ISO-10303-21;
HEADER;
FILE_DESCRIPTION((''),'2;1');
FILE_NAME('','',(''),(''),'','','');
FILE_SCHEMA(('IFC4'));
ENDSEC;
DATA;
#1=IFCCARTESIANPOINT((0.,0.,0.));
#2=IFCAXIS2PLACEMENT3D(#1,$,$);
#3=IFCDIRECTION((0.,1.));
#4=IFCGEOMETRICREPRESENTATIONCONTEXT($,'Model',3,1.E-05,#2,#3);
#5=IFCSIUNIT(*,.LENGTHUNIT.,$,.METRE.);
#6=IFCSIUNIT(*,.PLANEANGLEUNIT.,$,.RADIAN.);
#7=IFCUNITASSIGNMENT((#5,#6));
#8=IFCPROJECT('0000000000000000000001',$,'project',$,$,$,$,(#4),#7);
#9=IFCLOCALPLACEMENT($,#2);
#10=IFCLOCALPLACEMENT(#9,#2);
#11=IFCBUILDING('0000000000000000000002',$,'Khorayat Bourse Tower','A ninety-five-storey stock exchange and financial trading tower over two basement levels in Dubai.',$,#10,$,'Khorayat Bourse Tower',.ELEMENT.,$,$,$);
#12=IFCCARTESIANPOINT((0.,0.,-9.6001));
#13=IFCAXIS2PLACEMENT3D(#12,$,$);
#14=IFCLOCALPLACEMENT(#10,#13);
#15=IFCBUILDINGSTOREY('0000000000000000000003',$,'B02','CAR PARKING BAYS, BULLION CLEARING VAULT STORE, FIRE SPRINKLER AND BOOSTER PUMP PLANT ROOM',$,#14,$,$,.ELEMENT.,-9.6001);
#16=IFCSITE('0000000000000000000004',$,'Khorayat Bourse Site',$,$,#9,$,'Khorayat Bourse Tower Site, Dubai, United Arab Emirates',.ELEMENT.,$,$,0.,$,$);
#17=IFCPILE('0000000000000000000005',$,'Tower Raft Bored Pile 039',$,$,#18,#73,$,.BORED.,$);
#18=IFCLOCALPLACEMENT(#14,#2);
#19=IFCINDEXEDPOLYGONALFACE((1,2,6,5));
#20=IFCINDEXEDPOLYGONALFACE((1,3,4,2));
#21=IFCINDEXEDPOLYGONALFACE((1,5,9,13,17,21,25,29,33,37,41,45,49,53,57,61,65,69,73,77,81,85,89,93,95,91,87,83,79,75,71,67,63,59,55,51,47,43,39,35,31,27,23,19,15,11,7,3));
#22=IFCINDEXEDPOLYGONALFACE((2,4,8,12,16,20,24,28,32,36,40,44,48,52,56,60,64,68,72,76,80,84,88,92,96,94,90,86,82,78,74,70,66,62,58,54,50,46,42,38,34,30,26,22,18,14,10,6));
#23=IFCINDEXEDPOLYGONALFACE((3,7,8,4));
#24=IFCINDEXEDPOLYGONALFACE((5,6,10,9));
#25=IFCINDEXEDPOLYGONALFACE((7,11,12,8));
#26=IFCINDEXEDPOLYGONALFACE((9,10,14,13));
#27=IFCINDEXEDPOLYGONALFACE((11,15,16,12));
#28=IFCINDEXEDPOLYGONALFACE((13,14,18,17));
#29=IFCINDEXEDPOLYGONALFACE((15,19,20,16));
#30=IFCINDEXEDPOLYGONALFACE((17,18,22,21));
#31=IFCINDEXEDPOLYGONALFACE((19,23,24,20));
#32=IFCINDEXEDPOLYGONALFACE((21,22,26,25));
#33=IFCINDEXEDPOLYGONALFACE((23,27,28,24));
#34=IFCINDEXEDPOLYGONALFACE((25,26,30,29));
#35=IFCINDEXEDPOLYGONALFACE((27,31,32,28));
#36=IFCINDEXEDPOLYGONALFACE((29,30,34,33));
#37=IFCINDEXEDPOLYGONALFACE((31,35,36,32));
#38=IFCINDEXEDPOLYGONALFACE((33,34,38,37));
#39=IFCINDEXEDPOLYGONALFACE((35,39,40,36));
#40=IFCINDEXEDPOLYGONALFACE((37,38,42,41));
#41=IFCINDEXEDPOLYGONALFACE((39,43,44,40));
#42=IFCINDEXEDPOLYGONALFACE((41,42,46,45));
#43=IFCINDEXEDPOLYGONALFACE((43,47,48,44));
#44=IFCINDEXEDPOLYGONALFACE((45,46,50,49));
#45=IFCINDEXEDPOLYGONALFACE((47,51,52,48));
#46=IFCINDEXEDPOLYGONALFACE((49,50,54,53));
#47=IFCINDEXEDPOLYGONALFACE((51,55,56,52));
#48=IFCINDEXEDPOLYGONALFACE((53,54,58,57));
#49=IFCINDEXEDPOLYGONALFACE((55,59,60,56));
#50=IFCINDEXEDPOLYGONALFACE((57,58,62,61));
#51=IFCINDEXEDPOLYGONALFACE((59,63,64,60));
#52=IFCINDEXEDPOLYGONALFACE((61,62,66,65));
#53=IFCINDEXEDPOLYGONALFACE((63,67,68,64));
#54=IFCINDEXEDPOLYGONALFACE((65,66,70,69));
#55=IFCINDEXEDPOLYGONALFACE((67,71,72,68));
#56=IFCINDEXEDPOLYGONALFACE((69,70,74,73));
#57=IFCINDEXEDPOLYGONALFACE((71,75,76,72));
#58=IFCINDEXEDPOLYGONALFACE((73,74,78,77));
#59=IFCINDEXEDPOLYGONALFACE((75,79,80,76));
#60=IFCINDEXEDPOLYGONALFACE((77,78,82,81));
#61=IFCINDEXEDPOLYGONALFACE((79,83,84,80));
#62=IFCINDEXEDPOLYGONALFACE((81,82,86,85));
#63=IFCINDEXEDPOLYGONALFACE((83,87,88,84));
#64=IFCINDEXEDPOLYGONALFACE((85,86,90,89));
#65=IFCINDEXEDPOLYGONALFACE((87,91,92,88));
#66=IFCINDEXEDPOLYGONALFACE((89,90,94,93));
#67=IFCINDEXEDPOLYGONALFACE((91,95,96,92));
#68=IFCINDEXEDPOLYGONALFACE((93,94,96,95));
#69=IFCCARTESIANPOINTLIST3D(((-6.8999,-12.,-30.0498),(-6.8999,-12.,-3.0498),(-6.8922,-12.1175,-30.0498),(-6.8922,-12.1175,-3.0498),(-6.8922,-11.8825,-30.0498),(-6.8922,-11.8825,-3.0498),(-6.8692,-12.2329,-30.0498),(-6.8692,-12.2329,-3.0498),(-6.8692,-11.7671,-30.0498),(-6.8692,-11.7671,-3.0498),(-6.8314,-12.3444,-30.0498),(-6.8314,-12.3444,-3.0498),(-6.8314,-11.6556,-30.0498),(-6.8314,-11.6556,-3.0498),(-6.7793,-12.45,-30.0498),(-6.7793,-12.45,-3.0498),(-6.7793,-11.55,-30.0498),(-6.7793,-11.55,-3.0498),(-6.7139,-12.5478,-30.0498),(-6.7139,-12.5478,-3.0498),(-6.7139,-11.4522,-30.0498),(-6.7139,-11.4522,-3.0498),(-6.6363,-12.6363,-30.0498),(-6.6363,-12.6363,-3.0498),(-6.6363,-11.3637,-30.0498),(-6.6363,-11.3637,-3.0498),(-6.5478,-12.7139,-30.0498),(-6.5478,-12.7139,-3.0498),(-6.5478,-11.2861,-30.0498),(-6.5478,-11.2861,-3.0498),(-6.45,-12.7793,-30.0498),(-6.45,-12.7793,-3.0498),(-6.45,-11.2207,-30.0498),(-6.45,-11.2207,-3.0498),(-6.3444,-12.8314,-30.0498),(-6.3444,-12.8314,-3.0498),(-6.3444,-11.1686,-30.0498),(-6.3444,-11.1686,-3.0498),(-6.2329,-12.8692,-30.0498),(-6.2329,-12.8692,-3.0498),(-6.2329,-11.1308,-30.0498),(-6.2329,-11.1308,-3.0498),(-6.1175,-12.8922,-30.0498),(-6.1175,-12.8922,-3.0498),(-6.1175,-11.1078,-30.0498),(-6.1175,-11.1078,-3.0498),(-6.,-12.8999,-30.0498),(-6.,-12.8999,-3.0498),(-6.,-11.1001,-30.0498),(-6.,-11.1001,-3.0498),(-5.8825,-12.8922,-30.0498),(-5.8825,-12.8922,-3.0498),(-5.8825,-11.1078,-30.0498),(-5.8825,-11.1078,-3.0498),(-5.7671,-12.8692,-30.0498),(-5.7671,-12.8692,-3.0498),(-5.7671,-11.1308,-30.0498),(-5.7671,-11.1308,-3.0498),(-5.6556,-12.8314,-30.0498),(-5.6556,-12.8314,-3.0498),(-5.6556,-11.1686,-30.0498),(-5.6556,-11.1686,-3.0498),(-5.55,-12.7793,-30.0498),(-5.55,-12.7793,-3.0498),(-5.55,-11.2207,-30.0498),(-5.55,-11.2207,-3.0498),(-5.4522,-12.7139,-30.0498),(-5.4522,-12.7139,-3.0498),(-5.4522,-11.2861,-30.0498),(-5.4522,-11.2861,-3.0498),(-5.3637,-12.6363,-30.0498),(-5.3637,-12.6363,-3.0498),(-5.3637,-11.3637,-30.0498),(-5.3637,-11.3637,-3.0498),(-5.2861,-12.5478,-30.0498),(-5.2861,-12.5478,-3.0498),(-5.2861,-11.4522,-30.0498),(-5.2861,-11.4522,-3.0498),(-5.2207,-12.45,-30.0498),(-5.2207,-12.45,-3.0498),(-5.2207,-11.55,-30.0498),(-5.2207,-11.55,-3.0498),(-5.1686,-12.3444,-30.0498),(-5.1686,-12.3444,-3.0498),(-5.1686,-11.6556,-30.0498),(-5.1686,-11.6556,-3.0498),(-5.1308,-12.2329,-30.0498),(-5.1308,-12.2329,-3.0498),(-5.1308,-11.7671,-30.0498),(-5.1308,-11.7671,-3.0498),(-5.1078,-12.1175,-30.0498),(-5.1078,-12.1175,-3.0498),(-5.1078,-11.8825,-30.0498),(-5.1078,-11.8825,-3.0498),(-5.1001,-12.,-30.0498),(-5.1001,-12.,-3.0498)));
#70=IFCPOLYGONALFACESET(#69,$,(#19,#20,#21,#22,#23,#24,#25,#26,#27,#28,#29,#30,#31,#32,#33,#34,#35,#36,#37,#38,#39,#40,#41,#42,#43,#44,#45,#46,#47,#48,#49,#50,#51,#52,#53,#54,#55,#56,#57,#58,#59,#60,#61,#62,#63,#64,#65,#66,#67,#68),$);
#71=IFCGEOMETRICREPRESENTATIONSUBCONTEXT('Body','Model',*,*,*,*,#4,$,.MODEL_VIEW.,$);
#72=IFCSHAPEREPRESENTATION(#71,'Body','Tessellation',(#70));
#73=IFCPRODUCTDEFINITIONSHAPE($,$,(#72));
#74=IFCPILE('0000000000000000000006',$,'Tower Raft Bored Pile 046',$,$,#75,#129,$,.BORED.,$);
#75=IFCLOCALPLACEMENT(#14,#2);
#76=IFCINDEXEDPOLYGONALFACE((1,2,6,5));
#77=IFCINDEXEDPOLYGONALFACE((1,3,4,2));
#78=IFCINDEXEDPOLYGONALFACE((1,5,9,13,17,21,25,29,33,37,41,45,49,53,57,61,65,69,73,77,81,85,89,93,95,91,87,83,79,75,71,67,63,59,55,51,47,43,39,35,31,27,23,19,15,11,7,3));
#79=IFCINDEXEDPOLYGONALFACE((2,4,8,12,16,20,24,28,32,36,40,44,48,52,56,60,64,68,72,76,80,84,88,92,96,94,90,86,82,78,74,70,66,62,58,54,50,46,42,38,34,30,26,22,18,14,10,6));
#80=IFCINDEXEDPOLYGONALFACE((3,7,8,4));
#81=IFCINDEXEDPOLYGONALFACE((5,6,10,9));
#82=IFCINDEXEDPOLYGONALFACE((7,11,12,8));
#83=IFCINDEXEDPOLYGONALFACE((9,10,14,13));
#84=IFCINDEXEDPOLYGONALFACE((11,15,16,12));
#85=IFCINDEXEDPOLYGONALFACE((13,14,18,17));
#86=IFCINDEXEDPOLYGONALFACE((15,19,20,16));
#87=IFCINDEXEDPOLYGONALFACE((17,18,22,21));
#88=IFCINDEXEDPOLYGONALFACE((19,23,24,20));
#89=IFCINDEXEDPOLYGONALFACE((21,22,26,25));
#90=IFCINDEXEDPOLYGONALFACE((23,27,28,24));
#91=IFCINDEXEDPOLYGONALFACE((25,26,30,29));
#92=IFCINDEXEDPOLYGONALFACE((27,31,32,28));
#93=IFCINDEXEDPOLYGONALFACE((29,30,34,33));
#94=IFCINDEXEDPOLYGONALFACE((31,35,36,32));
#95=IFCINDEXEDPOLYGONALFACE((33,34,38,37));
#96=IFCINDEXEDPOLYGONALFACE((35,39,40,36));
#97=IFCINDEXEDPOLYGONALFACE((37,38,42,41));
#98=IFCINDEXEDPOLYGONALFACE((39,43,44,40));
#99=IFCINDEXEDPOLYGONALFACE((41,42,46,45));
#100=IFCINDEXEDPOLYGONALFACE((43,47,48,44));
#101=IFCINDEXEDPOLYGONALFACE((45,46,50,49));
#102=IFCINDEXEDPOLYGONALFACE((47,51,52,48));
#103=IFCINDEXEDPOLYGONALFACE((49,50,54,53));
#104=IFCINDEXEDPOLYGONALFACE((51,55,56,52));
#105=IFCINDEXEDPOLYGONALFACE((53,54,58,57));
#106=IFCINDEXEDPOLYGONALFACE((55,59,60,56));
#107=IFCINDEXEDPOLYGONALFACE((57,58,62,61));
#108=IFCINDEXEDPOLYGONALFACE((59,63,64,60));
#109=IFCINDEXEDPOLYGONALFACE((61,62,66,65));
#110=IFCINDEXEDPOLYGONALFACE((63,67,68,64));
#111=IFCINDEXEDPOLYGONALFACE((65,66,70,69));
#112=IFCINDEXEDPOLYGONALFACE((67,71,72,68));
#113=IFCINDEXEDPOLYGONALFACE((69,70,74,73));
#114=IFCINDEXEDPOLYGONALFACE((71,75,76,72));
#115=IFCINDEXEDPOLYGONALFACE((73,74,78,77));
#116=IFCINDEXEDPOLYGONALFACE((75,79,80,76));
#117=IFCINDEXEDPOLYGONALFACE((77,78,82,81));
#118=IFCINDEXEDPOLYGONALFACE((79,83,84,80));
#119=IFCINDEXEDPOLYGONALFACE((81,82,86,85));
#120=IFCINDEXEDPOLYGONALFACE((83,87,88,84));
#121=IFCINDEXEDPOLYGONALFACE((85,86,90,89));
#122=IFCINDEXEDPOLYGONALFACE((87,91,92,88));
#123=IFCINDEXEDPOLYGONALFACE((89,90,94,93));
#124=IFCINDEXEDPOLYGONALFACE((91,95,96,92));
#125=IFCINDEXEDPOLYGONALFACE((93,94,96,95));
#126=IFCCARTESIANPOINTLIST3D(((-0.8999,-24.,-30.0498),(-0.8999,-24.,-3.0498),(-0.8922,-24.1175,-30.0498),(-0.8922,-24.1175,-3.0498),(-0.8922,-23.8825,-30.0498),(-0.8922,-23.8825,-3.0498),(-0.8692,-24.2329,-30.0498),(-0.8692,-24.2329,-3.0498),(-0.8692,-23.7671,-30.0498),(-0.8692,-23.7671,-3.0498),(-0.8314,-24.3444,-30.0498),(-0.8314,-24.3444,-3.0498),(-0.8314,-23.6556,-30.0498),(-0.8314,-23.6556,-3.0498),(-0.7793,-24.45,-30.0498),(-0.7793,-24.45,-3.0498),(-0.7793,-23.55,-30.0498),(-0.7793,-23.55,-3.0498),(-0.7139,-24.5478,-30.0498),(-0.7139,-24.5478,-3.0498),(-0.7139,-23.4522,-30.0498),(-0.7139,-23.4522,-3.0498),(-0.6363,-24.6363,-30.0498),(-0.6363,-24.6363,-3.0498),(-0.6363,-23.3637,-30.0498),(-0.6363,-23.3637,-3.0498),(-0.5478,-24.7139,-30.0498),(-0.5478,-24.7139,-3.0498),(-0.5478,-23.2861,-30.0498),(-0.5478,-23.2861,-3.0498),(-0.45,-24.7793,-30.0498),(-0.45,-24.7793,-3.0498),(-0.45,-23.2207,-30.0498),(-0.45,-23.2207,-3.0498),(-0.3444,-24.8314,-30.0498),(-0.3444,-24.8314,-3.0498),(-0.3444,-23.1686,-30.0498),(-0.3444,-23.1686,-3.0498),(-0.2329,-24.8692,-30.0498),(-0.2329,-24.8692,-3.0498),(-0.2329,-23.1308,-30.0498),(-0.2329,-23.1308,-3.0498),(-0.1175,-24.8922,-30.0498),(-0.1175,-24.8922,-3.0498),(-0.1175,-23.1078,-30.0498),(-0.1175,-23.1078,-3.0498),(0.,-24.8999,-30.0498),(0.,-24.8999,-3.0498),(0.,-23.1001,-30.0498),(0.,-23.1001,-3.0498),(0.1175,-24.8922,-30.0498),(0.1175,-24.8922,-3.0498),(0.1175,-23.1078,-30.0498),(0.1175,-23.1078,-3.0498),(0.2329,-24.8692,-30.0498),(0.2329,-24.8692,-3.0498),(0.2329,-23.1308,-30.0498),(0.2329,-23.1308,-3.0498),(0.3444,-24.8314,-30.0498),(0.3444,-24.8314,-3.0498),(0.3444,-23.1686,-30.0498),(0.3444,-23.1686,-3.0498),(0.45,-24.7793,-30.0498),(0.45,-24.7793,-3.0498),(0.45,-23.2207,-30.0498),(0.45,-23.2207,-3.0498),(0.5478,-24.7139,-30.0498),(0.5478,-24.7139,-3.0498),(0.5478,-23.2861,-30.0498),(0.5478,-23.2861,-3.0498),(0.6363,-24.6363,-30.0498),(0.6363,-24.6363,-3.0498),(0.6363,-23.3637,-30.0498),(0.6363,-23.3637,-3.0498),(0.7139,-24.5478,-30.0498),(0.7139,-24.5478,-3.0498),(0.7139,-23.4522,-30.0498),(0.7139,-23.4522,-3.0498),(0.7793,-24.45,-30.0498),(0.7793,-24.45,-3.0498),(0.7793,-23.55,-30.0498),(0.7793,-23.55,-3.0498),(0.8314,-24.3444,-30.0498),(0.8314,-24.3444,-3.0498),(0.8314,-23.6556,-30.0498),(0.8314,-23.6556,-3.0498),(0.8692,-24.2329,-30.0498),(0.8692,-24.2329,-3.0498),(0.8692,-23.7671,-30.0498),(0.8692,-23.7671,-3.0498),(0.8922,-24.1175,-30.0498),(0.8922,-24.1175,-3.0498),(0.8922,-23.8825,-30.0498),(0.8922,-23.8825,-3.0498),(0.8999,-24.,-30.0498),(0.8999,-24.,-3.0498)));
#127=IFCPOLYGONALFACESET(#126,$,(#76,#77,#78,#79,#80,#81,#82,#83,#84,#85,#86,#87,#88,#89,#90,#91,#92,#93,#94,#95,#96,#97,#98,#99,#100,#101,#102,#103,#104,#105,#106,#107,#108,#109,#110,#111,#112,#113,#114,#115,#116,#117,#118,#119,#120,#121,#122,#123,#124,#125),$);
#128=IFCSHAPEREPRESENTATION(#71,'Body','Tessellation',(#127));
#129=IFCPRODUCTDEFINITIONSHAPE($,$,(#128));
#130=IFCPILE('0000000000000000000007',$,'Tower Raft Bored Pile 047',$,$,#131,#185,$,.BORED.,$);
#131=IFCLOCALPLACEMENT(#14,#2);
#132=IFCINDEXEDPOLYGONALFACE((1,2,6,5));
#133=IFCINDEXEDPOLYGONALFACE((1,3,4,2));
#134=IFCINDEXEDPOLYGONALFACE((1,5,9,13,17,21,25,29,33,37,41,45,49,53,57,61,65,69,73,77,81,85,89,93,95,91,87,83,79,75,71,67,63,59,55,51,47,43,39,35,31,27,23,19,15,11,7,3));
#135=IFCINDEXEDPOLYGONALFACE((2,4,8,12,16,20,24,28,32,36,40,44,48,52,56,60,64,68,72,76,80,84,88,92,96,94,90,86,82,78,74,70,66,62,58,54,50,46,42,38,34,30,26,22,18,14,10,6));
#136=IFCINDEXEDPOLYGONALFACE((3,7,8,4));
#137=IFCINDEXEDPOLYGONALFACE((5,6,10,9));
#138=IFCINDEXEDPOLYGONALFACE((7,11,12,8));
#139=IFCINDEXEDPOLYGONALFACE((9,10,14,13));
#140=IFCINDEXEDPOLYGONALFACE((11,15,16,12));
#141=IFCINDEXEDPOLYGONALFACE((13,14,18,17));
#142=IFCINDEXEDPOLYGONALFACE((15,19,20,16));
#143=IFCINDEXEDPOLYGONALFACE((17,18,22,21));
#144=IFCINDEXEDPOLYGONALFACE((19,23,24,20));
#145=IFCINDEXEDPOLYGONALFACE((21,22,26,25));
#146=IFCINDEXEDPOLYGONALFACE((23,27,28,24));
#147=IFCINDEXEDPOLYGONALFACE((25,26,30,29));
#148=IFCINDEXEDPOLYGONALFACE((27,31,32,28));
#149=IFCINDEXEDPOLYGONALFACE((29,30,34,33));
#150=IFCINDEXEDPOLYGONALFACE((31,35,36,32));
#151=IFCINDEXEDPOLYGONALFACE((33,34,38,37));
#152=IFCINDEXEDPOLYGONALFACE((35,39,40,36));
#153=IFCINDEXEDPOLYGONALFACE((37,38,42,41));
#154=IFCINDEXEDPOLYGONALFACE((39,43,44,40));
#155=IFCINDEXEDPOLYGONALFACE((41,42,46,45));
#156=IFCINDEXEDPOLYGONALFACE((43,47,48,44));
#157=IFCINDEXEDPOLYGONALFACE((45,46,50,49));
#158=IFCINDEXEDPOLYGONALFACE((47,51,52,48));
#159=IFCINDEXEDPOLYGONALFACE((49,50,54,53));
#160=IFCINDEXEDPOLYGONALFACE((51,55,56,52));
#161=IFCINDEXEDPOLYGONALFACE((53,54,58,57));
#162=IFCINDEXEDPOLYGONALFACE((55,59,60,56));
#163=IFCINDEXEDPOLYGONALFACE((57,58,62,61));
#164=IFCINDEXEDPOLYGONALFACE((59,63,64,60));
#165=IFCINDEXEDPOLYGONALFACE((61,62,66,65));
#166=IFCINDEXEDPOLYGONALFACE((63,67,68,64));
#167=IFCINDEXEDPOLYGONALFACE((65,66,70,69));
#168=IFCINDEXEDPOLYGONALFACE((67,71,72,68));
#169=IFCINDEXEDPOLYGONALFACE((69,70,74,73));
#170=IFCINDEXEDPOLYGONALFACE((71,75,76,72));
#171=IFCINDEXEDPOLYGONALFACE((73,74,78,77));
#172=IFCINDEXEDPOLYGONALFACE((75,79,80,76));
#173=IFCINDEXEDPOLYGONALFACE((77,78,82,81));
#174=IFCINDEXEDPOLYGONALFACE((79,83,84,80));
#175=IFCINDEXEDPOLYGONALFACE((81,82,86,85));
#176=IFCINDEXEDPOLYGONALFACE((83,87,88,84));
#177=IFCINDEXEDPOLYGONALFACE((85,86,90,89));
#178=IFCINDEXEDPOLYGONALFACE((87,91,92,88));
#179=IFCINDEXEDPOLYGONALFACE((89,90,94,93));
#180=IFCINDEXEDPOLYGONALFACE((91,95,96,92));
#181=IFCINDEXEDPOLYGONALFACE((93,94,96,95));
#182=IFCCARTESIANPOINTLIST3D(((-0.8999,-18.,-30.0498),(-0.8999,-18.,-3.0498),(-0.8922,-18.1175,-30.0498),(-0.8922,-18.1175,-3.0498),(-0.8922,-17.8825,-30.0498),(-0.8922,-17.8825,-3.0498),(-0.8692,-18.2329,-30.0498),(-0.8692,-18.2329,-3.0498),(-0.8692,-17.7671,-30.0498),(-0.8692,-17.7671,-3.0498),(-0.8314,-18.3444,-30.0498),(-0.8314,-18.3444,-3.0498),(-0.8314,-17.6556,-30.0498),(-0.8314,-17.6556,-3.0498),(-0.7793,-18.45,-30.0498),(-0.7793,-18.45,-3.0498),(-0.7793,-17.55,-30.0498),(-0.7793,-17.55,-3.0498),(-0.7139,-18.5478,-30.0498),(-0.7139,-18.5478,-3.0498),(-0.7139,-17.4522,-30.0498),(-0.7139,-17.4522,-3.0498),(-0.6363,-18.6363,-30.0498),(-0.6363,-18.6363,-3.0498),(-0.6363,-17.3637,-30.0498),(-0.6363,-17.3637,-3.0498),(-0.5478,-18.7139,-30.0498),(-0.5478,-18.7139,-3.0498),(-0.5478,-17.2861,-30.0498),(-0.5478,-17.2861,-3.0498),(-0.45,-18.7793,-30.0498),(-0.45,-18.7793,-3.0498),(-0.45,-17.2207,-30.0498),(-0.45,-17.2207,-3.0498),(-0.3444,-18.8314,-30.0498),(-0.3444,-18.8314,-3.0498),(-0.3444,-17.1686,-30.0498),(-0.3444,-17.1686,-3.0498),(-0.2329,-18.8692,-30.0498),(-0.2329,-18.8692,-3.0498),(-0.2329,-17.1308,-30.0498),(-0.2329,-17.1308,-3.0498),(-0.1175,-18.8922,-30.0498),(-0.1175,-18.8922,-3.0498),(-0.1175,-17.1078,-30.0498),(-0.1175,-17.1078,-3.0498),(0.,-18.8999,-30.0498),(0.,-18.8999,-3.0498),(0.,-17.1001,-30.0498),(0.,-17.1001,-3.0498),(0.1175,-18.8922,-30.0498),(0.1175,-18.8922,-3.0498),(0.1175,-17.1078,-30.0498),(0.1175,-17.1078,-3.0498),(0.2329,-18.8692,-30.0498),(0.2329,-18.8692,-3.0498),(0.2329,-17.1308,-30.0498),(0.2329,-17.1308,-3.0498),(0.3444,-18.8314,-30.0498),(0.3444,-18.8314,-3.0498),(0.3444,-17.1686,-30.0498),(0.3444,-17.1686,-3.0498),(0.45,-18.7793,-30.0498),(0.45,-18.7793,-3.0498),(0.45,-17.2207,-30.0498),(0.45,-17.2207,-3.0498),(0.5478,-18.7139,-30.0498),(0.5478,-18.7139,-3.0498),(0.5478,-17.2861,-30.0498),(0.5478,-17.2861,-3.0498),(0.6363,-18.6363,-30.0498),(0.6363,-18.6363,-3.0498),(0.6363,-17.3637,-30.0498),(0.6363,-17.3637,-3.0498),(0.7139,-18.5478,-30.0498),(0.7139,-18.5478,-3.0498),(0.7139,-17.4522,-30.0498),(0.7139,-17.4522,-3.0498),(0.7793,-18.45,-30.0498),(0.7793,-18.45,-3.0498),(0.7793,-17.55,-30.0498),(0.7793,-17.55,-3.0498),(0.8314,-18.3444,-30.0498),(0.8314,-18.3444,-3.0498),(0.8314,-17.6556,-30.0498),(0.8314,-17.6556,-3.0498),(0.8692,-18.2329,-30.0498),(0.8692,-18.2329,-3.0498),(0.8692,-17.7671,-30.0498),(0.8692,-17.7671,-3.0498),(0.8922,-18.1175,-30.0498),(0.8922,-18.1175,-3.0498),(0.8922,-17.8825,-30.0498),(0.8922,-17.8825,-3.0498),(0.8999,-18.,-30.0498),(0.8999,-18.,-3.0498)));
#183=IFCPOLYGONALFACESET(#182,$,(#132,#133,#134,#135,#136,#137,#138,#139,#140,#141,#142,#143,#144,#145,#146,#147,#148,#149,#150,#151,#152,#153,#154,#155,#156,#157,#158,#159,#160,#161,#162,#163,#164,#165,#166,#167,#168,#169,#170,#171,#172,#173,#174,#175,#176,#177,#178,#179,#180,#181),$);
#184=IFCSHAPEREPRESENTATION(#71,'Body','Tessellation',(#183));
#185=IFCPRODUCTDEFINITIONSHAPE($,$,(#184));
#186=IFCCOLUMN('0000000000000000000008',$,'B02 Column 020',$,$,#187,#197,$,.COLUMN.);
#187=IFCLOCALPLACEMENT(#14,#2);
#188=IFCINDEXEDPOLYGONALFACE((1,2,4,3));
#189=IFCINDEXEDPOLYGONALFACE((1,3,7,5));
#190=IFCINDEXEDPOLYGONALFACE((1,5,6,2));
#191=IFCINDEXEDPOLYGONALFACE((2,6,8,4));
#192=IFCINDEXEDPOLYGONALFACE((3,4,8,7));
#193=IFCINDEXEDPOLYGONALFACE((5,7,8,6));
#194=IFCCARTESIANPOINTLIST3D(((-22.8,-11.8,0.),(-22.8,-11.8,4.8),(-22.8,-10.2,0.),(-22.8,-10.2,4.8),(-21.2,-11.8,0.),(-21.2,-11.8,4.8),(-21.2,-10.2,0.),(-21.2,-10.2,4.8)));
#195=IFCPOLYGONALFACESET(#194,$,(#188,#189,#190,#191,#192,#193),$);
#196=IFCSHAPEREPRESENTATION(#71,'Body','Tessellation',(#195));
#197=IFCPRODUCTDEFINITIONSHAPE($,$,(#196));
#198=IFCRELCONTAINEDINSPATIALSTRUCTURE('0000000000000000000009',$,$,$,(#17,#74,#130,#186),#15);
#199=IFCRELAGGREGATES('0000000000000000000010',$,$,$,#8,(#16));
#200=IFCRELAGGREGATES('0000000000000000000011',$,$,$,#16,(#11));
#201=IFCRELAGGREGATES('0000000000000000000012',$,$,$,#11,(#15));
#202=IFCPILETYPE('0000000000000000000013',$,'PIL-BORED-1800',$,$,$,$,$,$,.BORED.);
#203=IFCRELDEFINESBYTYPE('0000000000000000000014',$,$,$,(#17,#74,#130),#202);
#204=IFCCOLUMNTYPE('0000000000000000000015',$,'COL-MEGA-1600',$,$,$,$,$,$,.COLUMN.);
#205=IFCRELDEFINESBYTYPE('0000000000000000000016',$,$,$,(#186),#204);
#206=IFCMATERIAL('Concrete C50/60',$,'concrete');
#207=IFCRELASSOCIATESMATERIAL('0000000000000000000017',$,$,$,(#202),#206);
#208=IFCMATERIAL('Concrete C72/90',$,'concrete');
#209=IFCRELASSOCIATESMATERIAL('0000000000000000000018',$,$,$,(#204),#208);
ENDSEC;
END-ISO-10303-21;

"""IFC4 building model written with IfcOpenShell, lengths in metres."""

from ifc_helpers import new_model, si_unit, direction, frame, origin, origin_2d, place, context, subcontext, project, spatial, rectangle, circle, extrude, source, transform, mapped, material, material_profile, profile_set, type_object, element, save


model = new_model("IFC4")

# Units and contexts
model_context = context("Model", 3, precision=1e-05, world=origin(), true_north=direction((0.0, 1.0)))
body_context = subcontext(model_context, "Body", "Model", "MODEL_VIEW")
ifc_project = project(units=[si_unit("LENGTHUNIT", "METRE"), si_unit("PLANEANGLEUNIT", "RADIAN")], contexts=[model_context])

# Site, building, storey
site_placement = place(None, origin())
site = spatial("IfcSite", under=ifc_project, at=site_placement, Name="Khorayat Bourse Site", LongName="Khorayat Bourse Tower Site, Dubai, United Arab Emirates", CompositionType="ELEMENT", RefElevation=0.0)
building_placement = place(site_placement, origin())
building = spatial("IfcBuilding", under=site, at=building_placement, Name="Khorayat Bourse Tower", Description="A ninety-five-storey stock exchange and financial trading tower over two basement levels in Dubai.", LongName="Khorayat Bourse Tower", CompositionType="ELEMENT")
storey_placement = place(building_placement, frame((0.0, 0.0, -9.6001)))
storey = spatial("IfcBuildingStorey", under=building, at=storey_placement, Name="B02", Description="CAR PARKING BAYS, BULLION CLEARING VAULT STORE, FIRE SPRINKLER AND BOOSTER PUMP PLANT ROOM", CompositionType="ELEMENT", Elevation=-9.6001)

# Piles
ifc_material_1 = material(Name="Concrete C50/60", Category="concrete")
ifc_material_profile_1 = material_profile(ifc_material_1, circle(Radius=0.8999, at=origin_2d()), Name="BORED PILE D1800")
ifc_profile_set_1 = profile_set([ifc_material_profile_1], Name="Concrete C50/60")
pile_type = type_object("IfcPileType", Name="PIL-BORED-1800", PredefinedType="BORED", material=ifc_profile_set_1)
shared_shape_1 = source(origin(), body_context, "Body", "SweptSolid", [
    extrude(circle(Radius=0.8999, at=origin_2d()), origin(), (0.0, 0.0, 1.0), 27.0),
])
for number, where, z_axis, x_axis, name in (
    (1, (-6.0, -12.0, -3.0498), (0.0, 0.0, -1.0), (1.0, 0.0, 0.0), "Tower Raft Bored Pile 039"),
    (2, (0.0, -24.0, -3.0498), (0.0, 0.0, -1.0), (1.0, 0.0, 0.0), "Tower Raft Bored Pile 046"),
    (3, (0.0, -18.0, -3.0498), (0.0, 0.0, -1.0), (1.0, 0.0, 0.0), "Tower Raft Bored Pile 047"),
):
    element("IfcPile", number, at=place(storey_placement, frame(where, z_axis=z_axis, x_axis=x_axis)), inside=storey, type_object=pile_type, Name=name, PredefinedType="BORED", context=body_context, shape_type="MappedRepresentation", body=[
        mapped(shared_shape_1, transform((0.0, 0.0, 0.0), scale=1.0)),
    ])

# Column
ifc_material_2 = material(Name="Concrete C72/90", Category="concrete")
ifc_material_profile_2 = material_profile(ifc_material_2, rectangle(XDim=1.6001, YDim=1.6001, at=origin_2d()), Name="RC 1600x1600")
ifc_profile_set_2 = profile_set([ifc_material_profile_2], Name="Concrete C72/90")
column_type_1 = type_object("IfcColumnType", Name="COL-MEGA-1600", PredefinedType="COLUMN", material=ifc_profile_set_2)
shared_shape_2 = source(origin(), body_context, "Body", "SweptSolid", [
    extrude(rectangle(XDim=1.6001, YDim=1.6001, at=origin_2d()), origin(), (0.0, 0.0, 1.0), 4.8),
])
column_1_placement = place(storey_placement, frame((-22.0, -11.0, 0.0), z_axis=(0.0, 0.0, 1.0), x_axis=(1.0, 0.0, 0.0)))
element("IfcColumn", 4, at=column_1_placement, inside=storey, type_object=column_type_1, Name="B02 Column 020", PredefinedType="COLUMN", context=body_context, shape_type="MappedRepresentation", body=[
    mapped(shared_shape_2, transform((0.0, 0.0, 0.0), scale=1.0)),
])

save(model, "model.ifc")
